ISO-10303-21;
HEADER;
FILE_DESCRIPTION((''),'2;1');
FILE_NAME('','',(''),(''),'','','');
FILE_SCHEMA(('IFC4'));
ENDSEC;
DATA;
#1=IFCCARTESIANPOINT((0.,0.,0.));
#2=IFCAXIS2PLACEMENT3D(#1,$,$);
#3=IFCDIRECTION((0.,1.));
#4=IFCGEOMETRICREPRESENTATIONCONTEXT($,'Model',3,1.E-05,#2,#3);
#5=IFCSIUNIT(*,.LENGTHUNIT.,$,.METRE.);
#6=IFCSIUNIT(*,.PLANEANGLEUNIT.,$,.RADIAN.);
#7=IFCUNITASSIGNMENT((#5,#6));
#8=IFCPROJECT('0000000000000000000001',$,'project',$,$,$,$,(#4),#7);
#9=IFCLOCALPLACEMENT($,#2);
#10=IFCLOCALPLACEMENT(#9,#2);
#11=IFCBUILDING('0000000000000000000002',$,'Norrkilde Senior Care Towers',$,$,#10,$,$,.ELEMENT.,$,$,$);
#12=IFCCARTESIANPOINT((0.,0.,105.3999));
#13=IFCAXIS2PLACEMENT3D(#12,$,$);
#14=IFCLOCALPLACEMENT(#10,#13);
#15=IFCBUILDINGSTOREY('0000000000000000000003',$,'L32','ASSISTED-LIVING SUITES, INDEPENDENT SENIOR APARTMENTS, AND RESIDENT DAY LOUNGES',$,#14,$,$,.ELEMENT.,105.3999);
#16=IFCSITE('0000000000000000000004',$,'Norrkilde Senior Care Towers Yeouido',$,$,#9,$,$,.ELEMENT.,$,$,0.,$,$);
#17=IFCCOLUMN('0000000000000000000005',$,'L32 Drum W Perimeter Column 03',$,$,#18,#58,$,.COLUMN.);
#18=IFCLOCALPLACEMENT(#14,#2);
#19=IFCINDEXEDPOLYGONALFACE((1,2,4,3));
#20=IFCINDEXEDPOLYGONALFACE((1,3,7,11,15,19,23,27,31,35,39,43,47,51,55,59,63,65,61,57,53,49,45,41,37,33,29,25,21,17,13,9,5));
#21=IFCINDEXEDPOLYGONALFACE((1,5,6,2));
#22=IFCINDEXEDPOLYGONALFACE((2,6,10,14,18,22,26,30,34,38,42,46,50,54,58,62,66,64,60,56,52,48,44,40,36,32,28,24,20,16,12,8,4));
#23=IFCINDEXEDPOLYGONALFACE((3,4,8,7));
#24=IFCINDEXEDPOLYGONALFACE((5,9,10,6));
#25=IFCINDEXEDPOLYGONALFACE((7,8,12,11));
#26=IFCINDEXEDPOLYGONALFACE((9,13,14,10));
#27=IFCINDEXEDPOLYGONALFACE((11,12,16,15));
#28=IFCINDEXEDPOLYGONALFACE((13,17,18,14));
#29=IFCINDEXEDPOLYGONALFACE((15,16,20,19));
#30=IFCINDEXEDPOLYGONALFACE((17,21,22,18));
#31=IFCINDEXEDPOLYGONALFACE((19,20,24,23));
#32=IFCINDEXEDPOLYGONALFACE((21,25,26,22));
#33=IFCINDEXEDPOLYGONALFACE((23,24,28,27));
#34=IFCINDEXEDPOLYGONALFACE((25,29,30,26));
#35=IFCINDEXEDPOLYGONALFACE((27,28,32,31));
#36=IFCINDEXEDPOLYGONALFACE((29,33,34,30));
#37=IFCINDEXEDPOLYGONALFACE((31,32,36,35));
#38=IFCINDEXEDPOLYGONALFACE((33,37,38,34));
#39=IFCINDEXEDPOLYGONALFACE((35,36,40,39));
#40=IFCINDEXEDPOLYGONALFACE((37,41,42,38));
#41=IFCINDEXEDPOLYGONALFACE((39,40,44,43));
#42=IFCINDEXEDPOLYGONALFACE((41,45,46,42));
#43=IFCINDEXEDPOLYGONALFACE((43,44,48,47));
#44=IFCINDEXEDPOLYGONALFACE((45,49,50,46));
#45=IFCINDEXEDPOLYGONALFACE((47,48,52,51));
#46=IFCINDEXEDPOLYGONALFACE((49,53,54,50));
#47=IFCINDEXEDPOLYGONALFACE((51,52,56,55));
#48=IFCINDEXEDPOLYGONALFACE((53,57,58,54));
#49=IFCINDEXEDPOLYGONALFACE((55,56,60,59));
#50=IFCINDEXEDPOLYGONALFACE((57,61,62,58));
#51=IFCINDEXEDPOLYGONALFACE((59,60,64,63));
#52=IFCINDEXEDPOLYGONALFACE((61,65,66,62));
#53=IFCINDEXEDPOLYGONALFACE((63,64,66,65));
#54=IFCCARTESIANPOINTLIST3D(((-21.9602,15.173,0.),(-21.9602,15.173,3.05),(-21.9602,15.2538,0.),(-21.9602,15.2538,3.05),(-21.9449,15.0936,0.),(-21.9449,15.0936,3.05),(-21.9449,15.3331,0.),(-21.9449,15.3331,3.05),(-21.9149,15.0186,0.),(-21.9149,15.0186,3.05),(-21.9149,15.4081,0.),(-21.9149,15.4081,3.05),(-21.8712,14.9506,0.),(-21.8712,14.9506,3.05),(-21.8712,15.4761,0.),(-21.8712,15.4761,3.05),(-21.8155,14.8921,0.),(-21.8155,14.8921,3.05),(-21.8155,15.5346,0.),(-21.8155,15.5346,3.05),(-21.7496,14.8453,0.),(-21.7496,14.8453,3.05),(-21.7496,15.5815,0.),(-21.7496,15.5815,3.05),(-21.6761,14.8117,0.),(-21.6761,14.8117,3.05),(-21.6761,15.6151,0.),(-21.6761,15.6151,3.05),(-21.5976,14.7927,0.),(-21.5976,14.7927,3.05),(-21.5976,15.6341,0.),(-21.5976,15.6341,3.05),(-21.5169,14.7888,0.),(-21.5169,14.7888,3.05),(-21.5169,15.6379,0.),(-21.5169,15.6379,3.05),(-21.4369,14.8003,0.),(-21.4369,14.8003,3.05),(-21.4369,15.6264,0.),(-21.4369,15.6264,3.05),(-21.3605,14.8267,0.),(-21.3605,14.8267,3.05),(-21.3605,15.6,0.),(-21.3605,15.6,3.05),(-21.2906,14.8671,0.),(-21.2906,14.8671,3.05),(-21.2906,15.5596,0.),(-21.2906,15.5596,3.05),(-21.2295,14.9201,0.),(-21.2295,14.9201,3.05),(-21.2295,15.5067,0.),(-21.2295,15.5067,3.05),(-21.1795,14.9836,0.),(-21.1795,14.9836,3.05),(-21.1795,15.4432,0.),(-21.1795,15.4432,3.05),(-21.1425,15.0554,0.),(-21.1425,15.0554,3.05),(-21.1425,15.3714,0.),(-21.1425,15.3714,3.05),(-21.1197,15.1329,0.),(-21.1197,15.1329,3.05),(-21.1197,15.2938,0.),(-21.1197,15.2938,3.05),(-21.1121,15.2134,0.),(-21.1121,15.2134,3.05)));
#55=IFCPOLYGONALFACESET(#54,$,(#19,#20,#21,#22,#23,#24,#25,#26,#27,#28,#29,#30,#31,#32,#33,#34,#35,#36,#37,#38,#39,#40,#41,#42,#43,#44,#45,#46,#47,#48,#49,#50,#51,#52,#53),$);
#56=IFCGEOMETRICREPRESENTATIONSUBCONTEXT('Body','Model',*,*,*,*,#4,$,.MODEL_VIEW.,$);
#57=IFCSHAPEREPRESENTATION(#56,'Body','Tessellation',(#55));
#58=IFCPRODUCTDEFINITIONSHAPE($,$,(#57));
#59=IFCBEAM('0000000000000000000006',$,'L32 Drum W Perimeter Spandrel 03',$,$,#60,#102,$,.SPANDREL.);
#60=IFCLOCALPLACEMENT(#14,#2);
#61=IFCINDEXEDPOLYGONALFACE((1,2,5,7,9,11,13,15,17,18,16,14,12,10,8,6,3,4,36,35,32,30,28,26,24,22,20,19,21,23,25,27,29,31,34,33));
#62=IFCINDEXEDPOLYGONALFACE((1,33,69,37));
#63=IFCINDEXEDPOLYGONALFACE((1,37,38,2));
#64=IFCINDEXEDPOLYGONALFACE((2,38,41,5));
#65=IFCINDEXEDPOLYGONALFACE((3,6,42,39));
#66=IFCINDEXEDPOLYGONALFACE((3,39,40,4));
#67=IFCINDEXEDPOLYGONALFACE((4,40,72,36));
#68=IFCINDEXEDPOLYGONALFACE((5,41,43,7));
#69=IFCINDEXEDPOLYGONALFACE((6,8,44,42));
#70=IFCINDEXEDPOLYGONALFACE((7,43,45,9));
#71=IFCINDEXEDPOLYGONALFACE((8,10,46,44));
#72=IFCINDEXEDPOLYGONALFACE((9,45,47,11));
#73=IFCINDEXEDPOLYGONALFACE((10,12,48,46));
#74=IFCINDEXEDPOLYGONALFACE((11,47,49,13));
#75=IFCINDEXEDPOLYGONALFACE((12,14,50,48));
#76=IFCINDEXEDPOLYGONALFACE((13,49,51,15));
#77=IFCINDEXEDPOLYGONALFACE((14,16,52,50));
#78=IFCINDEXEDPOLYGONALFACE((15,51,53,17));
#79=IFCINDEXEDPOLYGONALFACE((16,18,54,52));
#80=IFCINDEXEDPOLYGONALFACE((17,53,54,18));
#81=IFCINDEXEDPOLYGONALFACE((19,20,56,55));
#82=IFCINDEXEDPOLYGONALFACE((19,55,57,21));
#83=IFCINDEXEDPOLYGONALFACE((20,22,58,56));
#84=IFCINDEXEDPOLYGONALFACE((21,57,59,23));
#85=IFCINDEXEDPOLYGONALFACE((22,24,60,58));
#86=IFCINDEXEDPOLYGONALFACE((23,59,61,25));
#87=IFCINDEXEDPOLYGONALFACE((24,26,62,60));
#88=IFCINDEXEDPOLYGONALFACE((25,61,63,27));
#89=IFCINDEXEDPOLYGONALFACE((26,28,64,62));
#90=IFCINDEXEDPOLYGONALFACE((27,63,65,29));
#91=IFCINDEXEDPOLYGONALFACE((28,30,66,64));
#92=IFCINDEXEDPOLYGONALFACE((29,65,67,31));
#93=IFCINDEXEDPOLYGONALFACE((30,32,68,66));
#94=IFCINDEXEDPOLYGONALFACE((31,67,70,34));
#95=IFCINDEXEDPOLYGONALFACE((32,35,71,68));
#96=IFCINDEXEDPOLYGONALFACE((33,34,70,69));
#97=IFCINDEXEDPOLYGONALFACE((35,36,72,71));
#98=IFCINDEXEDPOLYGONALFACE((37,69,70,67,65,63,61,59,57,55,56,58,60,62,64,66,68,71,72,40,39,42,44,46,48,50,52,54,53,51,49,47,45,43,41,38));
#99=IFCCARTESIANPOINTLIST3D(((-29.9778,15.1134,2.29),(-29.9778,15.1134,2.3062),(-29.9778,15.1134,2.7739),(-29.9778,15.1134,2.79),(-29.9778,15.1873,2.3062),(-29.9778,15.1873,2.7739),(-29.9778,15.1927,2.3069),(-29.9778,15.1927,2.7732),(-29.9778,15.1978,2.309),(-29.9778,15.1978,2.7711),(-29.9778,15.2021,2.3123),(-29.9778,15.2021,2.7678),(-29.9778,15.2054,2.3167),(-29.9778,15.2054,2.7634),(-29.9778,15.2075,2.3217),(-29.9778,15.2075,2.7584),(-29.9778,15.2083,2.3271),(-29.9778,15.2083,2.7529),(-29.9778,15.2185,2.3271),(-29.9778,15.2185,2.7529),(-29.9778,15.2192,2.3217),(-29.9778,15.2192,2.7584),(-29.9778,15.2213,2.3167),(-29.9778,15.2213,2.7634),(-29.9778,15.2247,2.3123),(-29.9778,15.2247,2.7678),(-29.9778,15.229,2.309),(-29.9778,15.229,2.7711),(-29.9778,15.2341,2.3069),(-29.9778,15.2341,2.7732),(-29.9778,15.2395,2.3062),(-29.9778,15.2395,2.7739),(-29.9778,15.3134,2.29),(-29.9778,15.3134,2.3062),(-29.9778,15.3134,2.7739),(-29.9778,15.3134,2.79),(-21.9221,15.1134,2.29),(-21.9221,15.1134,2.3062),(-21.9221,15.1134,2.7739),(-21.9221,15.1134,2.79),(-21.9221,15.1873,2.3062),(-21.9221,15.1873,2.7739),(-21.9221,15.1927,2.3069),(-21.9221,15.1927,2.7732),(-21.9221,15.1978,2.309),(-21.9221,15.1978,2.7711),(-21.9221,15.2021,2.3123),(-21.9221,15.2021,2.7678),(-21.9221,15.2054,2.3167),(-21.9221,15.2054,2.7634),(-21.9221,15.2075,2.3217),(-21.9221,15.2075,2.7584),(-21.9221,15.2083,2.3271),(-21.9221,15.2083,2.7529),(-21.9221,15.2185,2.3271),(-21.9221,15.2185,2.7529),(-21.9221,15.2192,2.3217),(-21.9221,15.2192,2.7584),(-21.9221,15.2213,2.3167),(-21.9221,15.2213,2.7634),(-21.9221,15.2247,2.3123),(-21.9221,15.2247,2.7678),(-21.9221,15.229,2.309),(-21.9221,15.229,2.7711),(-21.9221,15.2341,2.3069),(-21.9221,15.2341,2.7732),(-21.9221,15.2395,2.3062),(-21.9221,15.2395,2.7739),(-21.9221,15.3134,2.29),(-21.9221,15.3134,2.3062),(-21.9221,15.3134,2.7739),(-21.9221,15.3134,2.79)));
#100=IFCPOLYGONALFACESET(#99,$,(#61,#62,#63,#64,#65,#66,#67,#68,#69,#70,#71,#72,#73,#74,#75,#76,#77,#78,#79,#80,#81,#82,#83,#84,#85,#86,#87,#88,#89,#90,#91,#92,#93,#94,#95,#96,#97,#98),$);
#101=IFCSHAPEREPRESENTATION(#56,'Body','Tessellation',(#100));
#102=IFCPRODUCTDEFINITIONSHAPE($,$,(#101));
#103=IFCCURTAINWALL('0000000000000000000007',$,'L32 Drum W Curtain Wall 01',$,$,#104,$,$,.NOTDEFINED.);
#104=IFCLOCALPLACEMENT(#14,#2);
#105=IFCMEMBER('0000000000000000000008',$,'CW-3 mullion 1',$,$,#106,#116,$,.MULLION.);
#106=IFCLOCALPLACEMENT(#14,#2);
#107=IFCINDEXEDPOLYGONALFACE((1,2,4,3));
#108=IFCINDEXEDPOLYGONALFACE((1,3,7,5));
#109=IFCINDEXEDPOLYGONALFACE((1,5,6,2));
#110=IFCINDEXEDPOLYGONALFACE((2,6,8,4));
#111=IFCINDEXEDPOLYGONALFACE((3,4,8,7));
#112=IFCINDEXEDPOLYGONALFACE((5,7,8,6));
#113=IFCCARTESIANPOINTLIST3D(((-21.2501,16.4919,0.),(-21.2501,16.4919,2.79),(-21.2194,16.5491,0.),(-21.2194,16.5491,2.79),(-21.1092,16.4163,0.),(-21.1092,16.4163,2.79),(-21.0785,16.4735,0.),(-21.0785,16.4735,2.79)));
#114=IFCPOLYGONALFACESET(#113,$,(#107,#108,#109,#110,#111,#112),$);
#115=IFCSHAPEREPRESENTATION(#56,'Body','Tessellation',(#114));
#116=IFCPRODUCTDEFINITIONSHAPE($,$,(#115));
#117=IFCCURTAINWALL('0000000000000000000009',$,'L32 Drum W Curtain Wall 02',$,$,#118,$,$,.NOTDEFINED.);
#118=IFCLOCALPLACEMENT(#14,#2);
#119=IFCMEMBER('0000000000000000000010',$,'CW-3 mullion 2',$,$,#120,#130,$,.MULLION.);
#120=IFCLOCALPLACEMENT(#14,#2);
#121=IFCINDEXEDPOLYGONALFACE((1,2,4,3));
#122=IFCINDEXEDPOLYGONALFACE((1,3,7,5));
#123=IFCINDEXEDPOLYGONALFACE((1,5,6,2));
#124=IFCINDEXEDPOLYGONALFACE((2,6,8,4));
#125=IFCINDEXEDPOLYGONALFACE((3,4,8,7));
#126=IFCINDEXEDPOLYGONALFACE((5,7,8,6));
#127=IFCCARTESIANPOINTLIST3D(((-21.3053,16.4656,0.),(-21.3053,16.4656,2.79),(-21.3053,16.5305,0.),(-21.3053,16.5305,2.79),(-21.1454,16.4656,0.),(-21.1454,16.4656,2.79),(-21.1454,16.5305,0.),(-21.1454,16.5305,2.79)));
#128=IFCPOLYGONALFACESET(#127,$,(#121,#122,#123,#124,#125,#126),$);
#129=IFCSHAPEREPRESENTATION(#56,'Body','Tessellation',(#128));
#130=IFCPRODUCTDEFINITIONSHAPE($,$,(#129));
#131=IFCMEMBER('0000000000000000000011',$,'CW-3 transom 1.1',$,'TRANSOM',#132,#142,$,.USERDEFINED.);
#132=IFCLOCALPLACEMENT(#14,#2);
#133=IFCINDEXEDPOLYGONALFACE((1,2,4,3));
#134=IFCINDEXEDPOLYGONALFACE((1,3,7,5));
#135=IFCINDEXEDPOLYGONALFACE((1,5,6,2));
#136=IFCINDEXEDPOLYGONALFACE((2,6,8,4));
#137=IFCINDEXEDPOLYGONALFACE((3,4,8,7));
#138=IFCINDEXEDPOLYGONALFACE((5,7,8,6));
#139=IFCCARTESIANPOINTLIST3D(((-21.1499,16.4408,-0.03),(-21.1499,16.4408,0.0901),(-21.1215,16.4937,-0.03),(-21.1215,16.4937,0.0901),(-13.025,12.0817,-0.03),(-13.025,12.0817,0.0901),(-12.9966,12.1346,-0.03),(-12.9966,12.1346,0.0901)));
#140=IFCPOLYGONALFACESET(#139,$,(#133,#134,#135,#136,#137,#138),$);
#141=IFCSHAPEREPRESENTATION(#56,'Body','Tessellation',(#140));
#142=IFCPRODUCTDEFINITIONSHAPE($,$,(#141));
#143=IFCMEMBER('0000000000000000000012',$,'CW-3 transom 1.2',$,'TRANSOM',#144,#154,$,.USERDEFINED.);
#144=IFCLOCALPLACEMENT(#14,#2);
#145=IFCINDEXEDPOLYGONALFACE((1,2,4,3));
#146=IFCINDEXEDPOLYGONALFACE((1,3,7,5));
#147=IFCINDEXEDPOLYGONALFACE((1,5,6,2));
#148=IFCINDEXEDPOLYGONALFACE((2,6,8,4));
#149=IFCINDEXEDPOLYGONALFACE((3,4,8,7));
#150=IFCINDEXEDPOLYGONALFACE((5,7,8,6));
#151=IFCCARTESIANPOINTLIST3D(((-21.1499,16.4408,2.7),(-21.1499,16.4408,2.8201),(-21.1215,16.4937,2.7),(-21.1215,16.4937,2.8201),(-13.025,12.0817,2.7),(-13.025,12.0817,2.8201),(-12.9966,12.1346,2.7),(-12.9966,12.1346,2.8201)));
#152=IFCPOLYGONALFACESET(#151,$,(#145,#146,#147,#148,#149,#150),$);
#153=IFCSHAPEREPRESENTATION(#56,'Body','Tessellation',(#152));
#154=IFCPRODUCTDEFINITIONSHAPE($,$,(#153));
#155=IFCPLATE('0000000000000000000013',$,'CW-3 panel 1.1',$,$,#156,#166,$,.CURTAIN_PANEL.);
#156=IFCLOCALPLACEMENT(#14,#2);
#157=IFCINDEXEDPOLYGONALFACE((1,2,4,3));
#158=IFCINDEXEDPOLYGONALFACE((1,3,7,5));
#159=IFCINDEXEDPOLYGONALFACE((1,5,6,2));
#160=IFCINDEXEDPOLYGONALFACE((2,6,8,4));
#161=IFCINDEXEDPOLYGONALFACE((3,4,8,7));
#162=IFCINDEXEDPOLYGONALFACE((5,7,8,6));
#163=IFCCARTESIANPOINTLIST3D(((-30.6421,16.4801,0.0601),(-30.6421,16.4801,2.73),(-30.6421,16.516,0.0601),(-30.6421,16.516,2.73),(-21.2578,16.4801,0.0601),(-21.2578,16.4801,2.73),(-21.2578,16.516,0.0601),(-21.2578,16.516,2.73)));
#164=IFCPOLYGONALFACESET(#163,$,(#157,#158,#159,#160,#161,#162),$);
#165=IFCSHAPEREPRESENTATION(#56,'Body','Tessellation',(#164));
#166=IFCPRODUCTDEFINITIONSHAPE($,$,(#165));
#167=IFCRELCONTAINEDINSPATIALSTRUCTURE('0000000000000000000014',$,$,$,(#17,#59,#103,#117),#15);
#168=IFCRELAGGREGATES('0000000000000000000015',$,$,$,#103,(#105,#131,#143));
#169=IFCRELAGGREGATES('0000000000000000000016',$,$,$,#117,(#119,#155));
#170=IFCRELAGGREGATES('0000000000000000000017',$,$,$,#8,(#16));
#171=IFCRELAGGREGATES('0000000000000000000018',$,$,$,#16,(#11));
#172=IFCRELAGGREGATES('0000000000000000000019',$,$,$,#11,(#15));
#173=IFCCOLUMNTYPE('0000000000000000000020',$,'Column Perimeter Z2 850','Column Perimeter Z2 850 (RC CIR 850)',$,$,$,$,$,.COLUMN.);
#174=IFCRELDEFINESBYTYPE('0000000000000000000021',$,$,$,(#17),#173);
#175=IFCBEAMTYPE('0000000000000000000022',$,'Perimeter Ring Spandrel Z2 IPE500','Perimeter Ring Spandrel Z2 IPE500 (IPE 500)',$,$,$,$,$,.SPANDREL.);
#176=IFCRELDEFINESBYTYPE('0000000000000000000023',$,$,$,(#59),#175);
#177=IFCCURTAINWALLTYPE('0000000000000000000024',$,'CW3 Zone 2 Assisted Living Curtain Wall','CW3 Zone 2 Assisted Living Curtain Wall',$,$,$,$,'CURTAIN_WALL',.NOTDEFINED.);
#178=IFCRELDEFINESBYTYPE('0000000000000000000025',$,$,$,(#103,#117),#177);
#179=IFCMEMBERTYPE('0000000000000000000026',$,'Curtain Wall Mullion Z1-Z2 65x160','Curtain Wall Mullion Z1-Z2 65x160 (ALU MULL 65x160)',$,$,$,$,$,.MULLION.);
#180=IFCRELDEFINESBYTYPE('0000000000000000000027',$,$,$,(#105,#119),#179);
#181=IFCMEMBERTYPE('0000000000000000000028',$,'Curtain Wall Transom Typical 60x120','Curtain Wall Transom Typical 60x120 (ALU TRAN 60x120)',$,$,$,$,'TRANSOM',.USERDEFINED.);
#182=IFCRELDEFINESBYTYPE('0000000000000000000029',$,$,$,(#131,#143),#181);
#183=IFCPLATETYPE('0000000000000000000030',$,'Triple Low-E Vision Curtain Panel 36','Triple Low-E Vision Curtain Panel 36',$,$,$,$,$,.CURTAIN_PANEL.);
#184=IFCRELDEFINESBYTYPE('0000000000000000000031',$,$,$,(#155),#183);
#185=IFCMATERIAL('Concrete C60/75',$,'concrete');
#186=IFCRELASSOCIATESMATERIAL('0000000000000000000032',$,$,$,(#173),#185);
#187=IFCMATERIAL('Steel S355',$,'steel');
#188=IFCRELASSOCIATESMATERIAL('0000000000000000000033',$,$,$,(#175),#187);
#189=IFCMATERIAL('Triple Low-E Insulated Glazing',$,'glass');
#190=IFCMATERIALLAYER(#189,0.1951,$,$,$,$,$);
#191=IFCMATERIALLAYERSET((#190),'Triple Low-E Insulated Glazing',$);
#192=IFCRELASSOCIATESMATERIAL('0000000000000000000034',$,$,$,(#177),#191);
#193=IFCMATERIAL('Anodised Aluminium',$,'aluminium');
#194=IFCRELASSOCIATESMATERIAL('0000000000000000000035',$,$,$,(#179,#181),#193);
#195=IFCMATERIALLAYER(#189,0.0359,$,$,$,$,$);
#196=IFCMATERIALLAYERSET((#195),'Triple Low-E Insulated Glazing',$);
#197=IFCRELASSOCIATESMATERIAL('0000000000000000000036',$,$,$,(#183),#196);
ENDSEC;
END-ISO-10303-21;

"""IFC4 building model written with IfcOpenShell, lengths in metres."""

from ifc_helpers import new_model, si_unit, direction, frame, origin, origin_2d, place, context, subcontext, project, spatial, rectangle, circle, i_section, extrude, source, transform, mapped, material, layer, layer_set, material_profile, profile_set, type_object, type_shapes, element, aggregate, save


model = new_model("IFC4")

# Units and contexts
model_context = context("Model", 3, precision=1e-05, world=origin(), true_north=direction((0.0, 1.0)))
body_context = subcontext(model_context, "Body", "Model", "MODEL_VIEW")
ifc_project = project(units=[si_unit("LENGTHUNIT", "METRE"), si_unit("PLANEANGLEUNIT", "RADIAN")], contexts=[model_context])

# Site, building, storey
site_placement = place(None, origin())
site = spatial("IfcSite", under=ifc_project, at=site_placement, Name="Norrkilde Senior Care Towers Yeouido", CompositionType="ELEMENT", RefElevation=0.0)
building_placement = place(site_placement, origin())
building = spatial("IfcBuilding", under=site, at=building_placement, Name="Norrkilde Senior Care Towers", CompositionType="ELEMENT")
storey_placement = place(building_placement, frame((0.0, 0.0, 105.3999)))
storey = spatial("IfcBuildingStorey", under=building, at=storey_placement, Name="L32", Description="ASSISTED-LIVING SUITES, INDEPENDENT SENIOR APARTMENTS, AND RESIDENT DAY LOUNGES", CompositionType="ELEMENT", Elevation=105.3999)

# Column
ifc_material_1 = material(Name="Concrete C60/75", Category="concrete")
ifc_material_profile_1 = material_profile(ifc_material_1, circle(Radius=0.425, at=origin_2d()), Name="RC CIR 850")
ifc_profile_set_1 = profile_set([ifc_material_profile_1], Name="Concrete C60/75")
column_type = type_object("IfcColumnType", Name="Column Perimeter Z2 850", Description="Column Perimeter Z2 850 (RC CIR 850)", PredefinedType="COLUMN", material=ifc_profile_set_1)
shared_shape_1 = source(origin(), body_context, "Body", "SweptSolid", [
    extrude(circle(Radius=0.425, at=origin_2d()), origin(), (0.0, 0.0, 1.0), 3.05),
])
type_shapes(column_type, [shared_shape_1])
column_placement = place(storey_placement, frame((-21.5371, 15.2134, 0.0), z_axis=(0.0, 0.0, 1.0), x_axis=(1.0, 0.0, 0.0)))
element("IfcColumn", 1, at=column_placement, inside=storey, type_object=column_type, Name="L32 Drum W Perimeter Column 03", PredefinedType="COLUMN", context=body_context, shape_type="MappedRepresentation", body=[
    mapped(shared_shape_1, transform((0.0, 0.0, 0.0), x_axis=(1.0, 0.0, 0.0), y_axis=(0.0, 1.0, 0.0), z_axis=(0.0, 0.0, 1.0), scale=1.0)),
])

# Beam
ifc_material_2 = material(Name="Steel S355", Category="steel")
ifc_material_profile_2 = material_profile(ifc_material_2, i_section(OverallWidth=0.2, OverallDepth=0.5, WebThickness=0.0103, FlangeThickness=0.0161, FilletRadius=0.021, at=origin_2d()), Name="IPE 500")
ifc_profile_set_2 = profile_set([ifc_material_profile_2], Name="Steel S355")
beam_type = type_object("IfcBeamType", Name="Perimeter Ring Spandrel Z2 IPE500", Description="Perimeter Ring Spandrel Z2 IPE500 (IPE 500)", PredefinedType="SPANDREL", material=ifc_profile_set_2)
shared_shape_2 = source(origin(), body_context, "Body", "SweptSolid", [
    extrude(i_section(OverallWidth=0.2, OverallDepth=0.5, WebThickness=0.0103, FlangeThickness=0.0161, FilletRadius=0.021, at=origin_2d()), origin(), (0.0, 0.0, 1.0), 8.0557),
])
type_shapes(beam_type, [shared_shape_2])
beam_placement = place(storey_placement, frame((-21.9221, 15.2134, 2.54), z_axis=(-1.0, 0.0, 0.0), x_axis=(0.0, -1.0, 0.0)))
element("IfcBeam", 2, at=beam_placement, inside=storey, type_object=beam_type, Name="L32 Drum W Perimeter Spandrel 03", PredefinedType="SPANDREL", context=body_context, shape_type="MappedRepresentation", body=[
    mapped(shared_shape_2, transform((0.0, 0.0, 0.0), x_axis=(1.0, 0.0, 0.0), y_axis=(0.0, 1.0, 0.0), z_axis=(0.0, 0.0, 1.0), scale=1.0)),
])

# Curtain walls, members
ifc_material_3 = material(Name="Triple Low-E Insulated Glazing", Category="glass")
ifc_layer_1 = layer(ifc_material_3, 0.1951)
ifc_layer_set_1 = layer_set([ifc_layer_1], Name="Triple Low-E Insulated Glazing")
curtain_wall_type = type_object("IfcCurtainWallType", Name="CW3 Zone 2 Assisted Living Curtain Wall", Description="CW3 Zone 2 Assisted Living Curtain Wall", ElementType="CURTAIN_WALL", PredefinedType="NOTDEFINED", material=ifc_layer_set_1)
curtain_wall_1_placement = place(storey_placement, origin())
curtain_wall_1 = element("IfcCurtainWall", 3, at=curtain_wall_1_placement, inside=storey, type_object=curtain_wall_type, Name="L32 Drum W Curtain Wall 01", PredefinedType="NOTDEFINED")
ifc_material_4 = material(Name="Anodised Aluminium", Category="aluminium")
ifc_material_profile_3 = material_profile(ifc_material_4, rectangle(XDim=0.0649, YDim=0.1599, at=origin_2d()), Name="ALU MULL 65x160")
ifc_profile_set_3 = profile_set([ifc_material_profile_3], Name="Anodised Aluminium")
member_type_1 = type_object("IfcMemberType", Name="Curtain Wall Mullion Z1-Z2 65x160", Description="Curtain Wall Mullion Z1-Z2 65x160 (ALU MULL 65x160)", PredefinedType="MULLION", material=ifc_profile_set_3)
shared_shape_3 = source(origin(), body_context, "Body", "SweptSolid", [
    extrude(rectangle(XDim=0.0649, YDim=0.1599, at=origin_2d()), origin(), (0.0, 0.0, 1.0), 2.79),
])
type_shapes(member_type_1, [shared_shape_3])
member_1_placement = place(storey_placement, frame((-21.1643, 16.4827, 0.0), z_axis=(0.0, 0.0, 1.0), x_axis=(0.472769, 0.881186, 0.0)))
member_1 = element("IfcMember", 4, at=member_1_placement, type_object=member_type_1, Name="CW-3 mullion 1", PredefinedType="MULLION", context=body_context, shape_type="MappedRepresentation", body=[
    mapped(shared_shape_3, transform((0.0, 0.0, 0.0), x_axis=(1.0, 0.0, 0.0), y_axis=(0.0, 1.0, 0.0), z_axis=(0.0, 0.0, 1.0), scale=1.0)),
])
curtain_wall_2_placement = place(storey_placement, origin())
curtain_wall_2 = element("IfcCurtainWall", 5, at=curtain_wall_2_placement, inside=storey, type_object=curtain_wall_type, Name="L32 Drum W Curtain Wall 02", PredefinedType="NOTDEFINED")
member_2_placement = place(storey_placement, frame((-21.2253, 16.498, 0.0), z_axis=(0.0, 0.0, 1.0), x_axis=(0.0, 1.0, 0.0)))
member_2 = element("IfcMember", 6, at=member_2_placement, type_object=member_type_1, Name="CW-3 mullion 2", PredefinedType="MULLION", context=body_context, shape_type="MappedRepresentation", body=[
    mapped(shared_shape_3, transform((0.0, 0.0, 0.0), x_axis=(1.0, 0.0, 0.0), y_axis=(0.0, 1.0, 0.0), z_axis=(0.0, 0.0, 1.0), scale=1.0)),
])

# Members
ifc_material_profile_4 = material_profile(ifc_material_4, rectangle(XDim=0.0601, YDim=0.1201, at=origin_2d()), Name="ALU TRAN 60x120")
ifc_profile_set_4 = profile_set([ifc_material_profile_4], Name="Anodised Aluminium")
member_type_2 = type_object("IfcMemberType", Name="Curtain Wall Transom Typical 60x120", Description="Curtain Wall Transom Typical 60x120 (ALU TRAN 60x120)", ElementType="TRANSOM", PredefinedType="USERDEFINED", material=ifc_profile_set_4)
shared_shape_4 = source(origin(), body_context, "Body", "SweptSolid", [
    extrude(rectangle(XDim=0.0601, YDim=0.1201, at=origin_2d()), origin(), (0.0, 0.0, 1.0), 9.2205),
])
type_shapes(member_type_2, [shared_shape_4])
member_3_placement = place(storey_placement, frame((-21.1357, 16.4673, 0.03), z_axis=(0.881189, -0.472765, 0.0), x_axis=(0.472765, 0.881189, 0.0)))
member_3 = element("IfcMember", 7, at=member_3_placement, type_object=member_type_2, Name="CW-3 transom 1.1", ObjectType="TRANSOM", PredefinedType="USERDEFINED", context=body_context, shape_type="MappedRepresentation", body=[
    mapped(shared_shape_4, transform((0.0, 0.0, 0.0), x_axis=(1.0, 0.0, 0.0), y_axis=(0.0, 1.0, 0.0), z_axis=(0.0, 0.0, 1.0), scale=1.0)),
])
member_4_placement = place(storey_placement, frame((-21.1357, 16.4673, 2.76), z_axis=(0.881189, -0.472765, 0.0), x_axis=(0.472765, 0.881189, 0.0)))
member_4 = element("IfcMember", 8, at=member_4_placement, type_object=member_type_2, Name="CW-3 transom 1.2", ObjectType="TRANSOM", PredefinedType="USERDEFINED", context=body_context, shape_type="MappedRepresentation", body=[
    mapped(shared_shape_4, transform((0.0, 0.0, 0.0), x_axis=(1.0, 0.0, 0.0), y_axis=(0.0, 1.0, 0.0), z_axis=(0.0, 0.0, 1.0), scale=1.0)),
])
aggregate(curtain_wall_1, [member_1, member_3, member_4])

# Plate
ifc_layer_2 = layer(ifc_material_3, 0.0359)
ifc_layer_set_2 = layer_set([ifc_layer_2], Name="Triple Low-E Insulated Glazing")
plate_type = type_object("IfcPlateType", Name="Triple Low-E Vision Curtain Panel 36", Description="Triple Low-E Vision Curtain Panel 36", PredefinedType="CURTAIN_PANEL", material=ifc_layer_set_2)
shared_shape_5 = source(origin(), body_context, "Body", "SweptSolid", [
    extrude(rectangle(XDim=9.3843, YDim=0.0359, at=origin_2d()), origin(), (0.0, 0.0, 1.0), 2.6699),
])
type_shapes(plate_type, [shared_shape_5])
plate_placement = place(storey_placement, frame((-25.95, 16.498, 0.0601), z_axis=(0.0, 0.0, 1.0), x_axis=(1.0, 0.0, 0.0)))
plate = element("IfcPlate", 9, at=plate_placement, type_object=plate_type, Name="CW-3 panel 1.1", PredefinedType="CURTAIN_PANEL", context=body_context, shape_type="MappedRepresentation", body=[
    mapped(shared_shape_5, transform((0.0, 0.0, 0.0), x_axis=(1.0, 0.0, 0.0), y_axis=(0.0, 1.0, 0.0), z_axis=(0.0, 0.0, 1.0), scale=1.0)),
])
aggregate(curtain_wall_2, [member_2, plate])

save(model, "model.ifc")
